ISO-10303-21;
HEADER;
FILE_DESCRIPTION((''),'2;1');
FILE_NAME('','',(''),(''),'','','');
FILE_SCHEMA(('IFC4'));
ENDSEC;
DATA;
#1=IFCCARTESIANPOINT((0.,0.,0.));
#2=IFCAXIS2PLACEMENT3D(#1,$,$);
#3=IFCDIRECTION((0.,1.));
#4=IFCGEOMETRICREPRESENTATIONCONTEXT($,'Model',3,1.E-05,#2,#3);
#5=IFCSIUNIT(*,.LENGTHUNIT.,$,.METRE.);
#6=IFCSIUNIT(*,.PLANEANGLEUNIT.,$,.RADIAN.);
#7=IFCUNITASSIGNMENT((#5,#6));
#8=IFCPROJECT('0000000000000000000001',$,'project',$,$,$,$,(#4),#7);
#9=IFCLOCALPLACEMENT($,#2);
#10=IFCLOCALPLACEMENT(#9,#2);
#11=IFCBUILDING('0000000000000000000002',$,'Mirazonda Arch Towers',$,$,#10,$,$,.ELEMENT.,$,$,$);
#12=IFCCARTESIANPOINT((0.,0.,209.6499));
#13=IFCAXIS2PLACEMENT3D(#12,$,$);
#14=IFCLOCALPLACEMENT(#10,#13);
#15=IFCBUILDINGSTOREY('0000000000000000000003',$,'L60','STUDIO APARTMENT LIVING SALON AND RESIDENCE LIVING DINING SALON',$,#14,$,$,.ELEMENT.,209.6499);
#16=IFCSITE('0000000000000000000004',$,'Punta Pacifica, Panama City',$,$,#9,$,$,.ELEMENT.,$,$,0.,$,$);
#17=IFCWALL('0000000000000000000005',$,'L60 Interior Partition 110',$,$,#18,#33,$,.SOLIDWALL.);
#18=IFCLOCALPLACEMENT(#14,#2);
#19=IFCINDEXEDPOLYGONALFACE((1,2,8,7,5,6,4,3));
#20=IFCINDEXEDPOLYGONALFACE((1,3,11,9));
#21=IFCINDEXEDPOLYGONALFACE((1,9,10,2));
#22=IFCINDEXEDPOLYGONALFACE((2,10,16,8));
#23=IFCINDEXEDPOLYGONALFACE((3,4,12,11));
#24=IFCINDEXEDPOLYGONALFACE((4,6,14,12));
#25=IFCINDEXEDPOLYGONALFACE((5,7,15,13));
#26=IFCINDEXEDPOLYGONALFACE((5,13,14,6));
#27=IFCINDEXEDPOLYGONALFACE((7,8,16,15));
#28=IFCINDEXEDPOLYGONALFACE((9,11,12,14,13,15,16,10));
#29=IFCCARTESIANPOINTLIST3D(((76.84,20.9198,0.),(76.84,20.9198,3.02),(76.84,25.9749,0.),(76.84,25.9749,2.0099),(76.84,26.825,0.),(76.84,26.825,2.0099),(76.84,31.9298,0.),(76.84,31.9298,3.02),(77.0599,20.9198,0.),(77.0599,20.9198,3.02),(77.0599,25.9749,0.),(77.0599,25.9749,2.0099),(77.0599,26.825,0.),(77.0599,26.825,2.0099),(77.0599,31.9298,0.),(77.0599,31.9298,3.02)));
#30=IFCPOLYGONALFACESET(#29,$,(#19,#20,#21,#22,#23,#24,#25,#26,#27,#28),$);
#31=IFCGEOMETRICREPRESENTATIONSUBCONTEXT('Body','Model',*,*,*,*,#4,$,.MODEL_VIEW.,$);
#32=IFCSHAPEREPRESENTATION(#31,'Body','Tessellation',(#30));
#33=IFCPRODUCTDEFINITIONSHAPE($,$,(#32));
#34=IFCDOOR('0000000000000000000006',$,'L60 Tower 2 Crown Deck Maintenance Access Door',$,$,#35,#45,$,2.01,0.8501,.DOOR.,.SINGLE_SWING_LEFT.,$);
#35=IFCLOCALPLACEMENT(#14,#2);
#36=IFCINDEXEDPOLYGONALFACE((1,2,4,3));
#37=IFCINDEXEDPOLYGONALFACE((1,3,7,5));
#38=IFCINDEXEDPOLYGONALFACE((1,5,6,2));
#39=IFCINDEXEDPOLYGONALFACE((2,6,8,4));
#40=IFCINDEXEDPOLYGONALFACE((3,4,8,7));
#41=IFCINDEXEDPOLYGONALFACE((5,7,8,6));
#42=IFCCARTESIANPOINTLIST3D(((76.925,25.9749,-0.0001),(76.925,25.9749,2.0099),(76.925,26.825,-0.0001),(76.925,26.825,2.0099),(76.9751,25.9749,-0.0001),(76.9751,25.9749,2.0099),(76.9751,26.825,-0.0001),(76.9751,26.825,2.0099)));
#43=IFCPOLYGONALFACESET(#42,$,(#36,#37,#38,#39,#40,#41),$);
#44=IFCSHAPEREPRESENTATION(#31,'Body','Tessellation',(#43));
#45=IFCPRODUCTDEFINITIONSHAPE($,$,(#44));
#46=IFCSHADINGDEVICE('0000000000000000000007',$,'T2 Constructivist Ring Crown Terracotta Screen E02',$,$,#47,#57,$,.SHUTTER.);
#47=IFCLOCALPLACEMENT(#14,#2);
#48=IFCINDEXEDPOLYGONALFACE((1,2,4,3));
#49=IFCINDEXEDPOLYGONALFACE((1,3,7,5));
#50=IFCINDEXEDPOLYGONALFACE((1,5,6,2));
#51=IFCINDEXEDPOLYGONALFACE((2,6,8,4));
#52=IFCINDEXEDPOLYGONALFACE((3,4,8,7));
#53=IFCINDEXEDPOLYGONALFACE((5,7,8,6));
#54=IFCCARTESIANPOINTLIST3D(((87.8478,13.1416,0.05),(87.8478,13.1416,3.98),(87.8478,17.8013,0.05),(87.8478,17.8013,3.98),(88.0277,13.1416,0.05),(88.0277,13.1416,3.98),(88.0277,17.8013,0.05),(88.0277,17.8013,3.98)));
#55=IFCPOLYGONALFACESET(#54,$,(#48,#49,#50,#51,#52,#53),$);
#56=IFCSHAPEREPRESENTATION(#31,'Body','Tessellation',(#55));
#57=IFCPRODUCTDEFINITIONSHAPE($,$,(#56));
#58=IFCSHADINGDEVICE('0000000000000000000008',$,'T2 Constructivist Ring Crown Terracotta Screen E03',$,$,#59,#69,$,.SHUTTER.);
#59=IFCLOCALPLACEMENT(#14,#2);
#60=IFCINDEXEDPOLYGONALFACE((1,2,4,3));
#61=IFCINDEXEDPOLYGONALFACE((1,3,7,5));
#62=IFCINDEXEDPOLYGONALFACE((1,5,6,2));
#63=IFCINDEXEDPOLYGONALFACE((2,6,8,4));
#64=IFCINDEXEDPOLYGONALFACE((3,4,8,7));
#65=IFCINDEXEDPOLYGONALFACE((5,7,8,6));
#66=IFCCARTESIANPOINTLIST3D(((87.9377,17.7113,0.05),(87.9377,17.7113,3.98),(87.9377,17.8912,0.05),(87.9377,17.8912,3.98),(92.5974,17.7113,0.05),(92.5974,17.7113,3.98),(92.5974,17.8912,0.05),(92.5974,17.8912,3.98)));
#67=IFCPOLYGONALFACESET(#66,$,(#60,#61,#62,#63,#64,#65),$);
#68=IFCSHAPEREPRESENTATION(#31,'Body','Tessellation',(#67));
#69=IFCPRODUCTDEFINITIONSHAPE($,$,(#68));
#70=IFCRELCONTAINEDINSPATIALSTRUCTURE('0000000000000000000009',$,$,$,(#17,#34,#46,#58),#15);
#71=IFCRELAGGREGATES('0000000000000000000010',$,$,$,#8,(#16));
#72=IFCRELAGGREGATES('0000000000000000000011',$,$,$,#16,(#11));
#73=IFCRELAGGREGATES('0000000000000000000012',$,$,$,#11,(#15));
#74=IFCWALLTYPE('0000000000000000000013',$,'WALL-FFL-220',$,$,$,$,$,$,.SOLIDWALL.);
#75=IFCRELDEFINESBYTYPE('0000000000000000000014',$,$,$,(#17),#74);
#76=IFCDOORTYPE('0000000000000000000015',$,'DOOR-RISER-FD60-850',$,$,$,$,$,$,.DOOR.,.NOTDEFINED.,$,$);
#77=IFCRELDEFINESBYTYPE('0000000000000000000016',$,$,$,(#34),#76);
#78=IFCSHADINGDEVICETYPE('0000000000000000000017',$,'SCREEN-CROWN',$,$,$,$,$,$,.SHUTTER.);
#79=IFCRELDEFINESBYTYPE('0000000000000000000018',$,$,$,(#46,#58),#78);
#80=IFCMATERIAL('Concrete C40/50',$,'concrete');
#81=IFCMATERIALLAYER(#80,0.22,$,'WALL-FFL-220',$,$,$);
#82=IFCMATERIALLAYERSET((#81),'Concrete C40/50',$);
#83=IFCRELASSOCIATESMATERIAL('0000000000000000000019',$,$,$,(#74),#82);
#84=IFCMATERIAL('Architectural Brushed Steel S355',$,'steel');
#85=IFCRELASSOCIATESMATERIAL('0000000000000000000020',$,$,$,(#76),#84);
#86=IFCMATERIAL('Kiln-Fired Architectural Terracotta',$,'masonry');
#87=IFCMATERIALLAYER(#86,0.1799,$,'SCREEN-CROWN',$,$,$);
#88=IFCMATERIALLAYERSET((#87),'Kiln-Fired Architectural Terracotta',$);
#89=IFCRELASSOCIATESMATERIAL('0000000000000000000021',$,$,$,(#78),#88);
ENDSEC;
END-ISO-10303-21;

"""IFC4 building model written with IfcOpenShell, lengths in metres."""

from ifc_helpers import new_model, si_unit, direction, frame, frame_2d, origin, place, context, subcontext, project, spatial, rectangle, extrude, material, layer, layer_set, type_object, element, fill, save


model = new_model("IFC4")

# Units and contexts
model_context = context("Model", 3, precision=1e-05, world=origin(), true_north=direction((0.0, 1.0)))
body_context = subcontext(model_context, "Body", "Model", "MODEL_VIEW")
ifc_project = project(units=[si_unit("LENGTHUNIT", "METRE"), si_unit("PLANEANGLEUNIT", "RADIAN")], contexts=[model_context])

# Site, building, storey
site_placement = place(None, origin())
site = spatial("IfcSite", under=ifc_project, at=site_placement, Name="Punta Pacifica, Panama City", CompositionType="ELEMENT", RefElevation=0.0)
building_placement = place(site_placement, origin())
building = spatial("IfcBuilding", under=site, at=building_placement, Name="Mirazonda Arch Towers", CompositionType="ELEMENT")
storey_placement = place(building_placement, frame((0.0, 0.0, 209.6499)))
storey = spatial("IfcBuildingStorey", under=building, at=storey_placement, Name="L60", Description="STUDIO APARTMENT LIVING SALON AND RESIDENCE LIVING DINING SALON", CompositionType="ELEMENT", Elevation=209.6499)

# Shared definitions
ifc_material_1 = material(Name="Concrete C40/50", Category="concrete")
ifc_layer_1 = layer(ifc_material_1, 0.22, Name="WALL-FFL-220")
ifc_layer_set_1 = layer_set([ifc_layer_1], Name="Concrete C40/50")
wall_type_1 = type_object("IfcWallType", Name="WALL-FFL-220", PredefinedType="SOLIDWALL", material=ifc_layer_set_1)

# Wall, opening, door
ifc_material_2 = material(Name="Architectural Brushed Steel S355", Category="steel")
door_type = type_object("IfcDoorType", Name="DOOR-RISER-FD60-850", OperationType="NOTDEFINED", PredefinedType="DOOR", material=ifc_material_2)
wall_1_placement = place(storey_placement, frame((76.95, 20.9199, 0.0), z_axis=(0.0, 0.0, 1.0), x_axis=(0.0, 1.0, 0.0)))
wall_1 = element("IfcWall", 1, at=wall_1_placement, inside=storey, type_object=wall_type_1, Name="L60 Interior Partition 110", PredefinedType="SOLIDWALL", context=body_context, shape_type="SweptSolid", body=[
    extrude(rectangle(XDim=11.01, YDim=0.22, at=frame_2d((5.5049, 0.0))), origin(), (0.0, 0.0, 1.0), 3.02),
])
opening_1_placement = place(wall_1_placement, frame((5.0549, 0.0, 0.0)))
opening_1 = element("IfcOpeningElement", 2, at=opening_1_placement, cuts=wall_1, PredefinedType="OPENING", context=body_context, shape_type="SweptSolid", body=[
    extrude(rectangle(XDim=0.8501, YDim=2.01, at=frame_2d((0.425, 1.0049))), frame((0.0, 0.1199, 0.0), z_axis=(0.0, -1.0, 0.0), x_axis=(1.0, 0.0, 0.0)), (0.0, 0.0, 1.0), 0.24),
])
door_1_placement = place(opening_1_placement, origin())
door_1 = element("IfcDoor", 3, at=door_1_placement, inside=storey, type_object=door_type, Name="L60 Tower 2 Crown Deck Maintenance Access Door", OperationType="SINGLE_SWING_LEFT", OverallHeight=2.01, OverallWidth=0.8501, PredefinedType="DOOR", context=body_context, shape_type="SweptSolid", body=[
    extrude(rectangle(XDim=0.8501, YDim=2.01, at=frame_2d((0.425, 1.0049))), frame((0.0, 0.0249, 0.0), z_axis=(0.0, -1.0, 0.0), x_axis=(1.0, 0.0, 0.0)), (0.0, 0.0, 1.0), 0.05),
])
fill(opening_1, door_1)

# Shading devices
ifc_material_3 = material(Name="Kiln-Fired Architectural Terracotta", Category="masonry")
ifc_layer_2 = layer(ifc_material_3, 0.1799, Name="SCREEN-CROWN")
ifc_layer_set_2 = layer_set([ifc_layer_2], Name="Kiln-Fired Architectural Terracotta")
shading_device_type = type_object("IfcShadingDeviceType", Name="SCREEN-CROWN", PredefinedType="SHUTTER", material=ifc_layer_set_2)
for number, where, z_axis, x_axis, name in (
    (4, (87.9377, 13.1416, 0.05), (0.0, 0.0, 1.0), (0.0, 1.0, 0.0), "T2 Constructivist Ring Crown Terracotta Screen E02"),
    (5, (87.9377, 17.8013, 0.05), (0.0, 0.0, 1.0), (1.0, 0.0, 0.0), "T2 Constructivist Ring Crown Terracotta Screen E03"),
):
    element("IfcShadingDevice", number, at=place(storey_placement, frame(where, z_axis=z_axis, x_axis=x_axis)), inside=storey, type_object=shading_device_type, Name=name, PredefinedType="SHUTTER", context=body_context, shape_type="SweptSolid", body=[
        extrude(rectangle(XDim=4.6597, YDim=0.1799, at=frame_2d((2.3298, 0.0))), origin(), (0.0, 0.0, 1.0), 3.9299),
    ])

save(model, "model.ifc")
